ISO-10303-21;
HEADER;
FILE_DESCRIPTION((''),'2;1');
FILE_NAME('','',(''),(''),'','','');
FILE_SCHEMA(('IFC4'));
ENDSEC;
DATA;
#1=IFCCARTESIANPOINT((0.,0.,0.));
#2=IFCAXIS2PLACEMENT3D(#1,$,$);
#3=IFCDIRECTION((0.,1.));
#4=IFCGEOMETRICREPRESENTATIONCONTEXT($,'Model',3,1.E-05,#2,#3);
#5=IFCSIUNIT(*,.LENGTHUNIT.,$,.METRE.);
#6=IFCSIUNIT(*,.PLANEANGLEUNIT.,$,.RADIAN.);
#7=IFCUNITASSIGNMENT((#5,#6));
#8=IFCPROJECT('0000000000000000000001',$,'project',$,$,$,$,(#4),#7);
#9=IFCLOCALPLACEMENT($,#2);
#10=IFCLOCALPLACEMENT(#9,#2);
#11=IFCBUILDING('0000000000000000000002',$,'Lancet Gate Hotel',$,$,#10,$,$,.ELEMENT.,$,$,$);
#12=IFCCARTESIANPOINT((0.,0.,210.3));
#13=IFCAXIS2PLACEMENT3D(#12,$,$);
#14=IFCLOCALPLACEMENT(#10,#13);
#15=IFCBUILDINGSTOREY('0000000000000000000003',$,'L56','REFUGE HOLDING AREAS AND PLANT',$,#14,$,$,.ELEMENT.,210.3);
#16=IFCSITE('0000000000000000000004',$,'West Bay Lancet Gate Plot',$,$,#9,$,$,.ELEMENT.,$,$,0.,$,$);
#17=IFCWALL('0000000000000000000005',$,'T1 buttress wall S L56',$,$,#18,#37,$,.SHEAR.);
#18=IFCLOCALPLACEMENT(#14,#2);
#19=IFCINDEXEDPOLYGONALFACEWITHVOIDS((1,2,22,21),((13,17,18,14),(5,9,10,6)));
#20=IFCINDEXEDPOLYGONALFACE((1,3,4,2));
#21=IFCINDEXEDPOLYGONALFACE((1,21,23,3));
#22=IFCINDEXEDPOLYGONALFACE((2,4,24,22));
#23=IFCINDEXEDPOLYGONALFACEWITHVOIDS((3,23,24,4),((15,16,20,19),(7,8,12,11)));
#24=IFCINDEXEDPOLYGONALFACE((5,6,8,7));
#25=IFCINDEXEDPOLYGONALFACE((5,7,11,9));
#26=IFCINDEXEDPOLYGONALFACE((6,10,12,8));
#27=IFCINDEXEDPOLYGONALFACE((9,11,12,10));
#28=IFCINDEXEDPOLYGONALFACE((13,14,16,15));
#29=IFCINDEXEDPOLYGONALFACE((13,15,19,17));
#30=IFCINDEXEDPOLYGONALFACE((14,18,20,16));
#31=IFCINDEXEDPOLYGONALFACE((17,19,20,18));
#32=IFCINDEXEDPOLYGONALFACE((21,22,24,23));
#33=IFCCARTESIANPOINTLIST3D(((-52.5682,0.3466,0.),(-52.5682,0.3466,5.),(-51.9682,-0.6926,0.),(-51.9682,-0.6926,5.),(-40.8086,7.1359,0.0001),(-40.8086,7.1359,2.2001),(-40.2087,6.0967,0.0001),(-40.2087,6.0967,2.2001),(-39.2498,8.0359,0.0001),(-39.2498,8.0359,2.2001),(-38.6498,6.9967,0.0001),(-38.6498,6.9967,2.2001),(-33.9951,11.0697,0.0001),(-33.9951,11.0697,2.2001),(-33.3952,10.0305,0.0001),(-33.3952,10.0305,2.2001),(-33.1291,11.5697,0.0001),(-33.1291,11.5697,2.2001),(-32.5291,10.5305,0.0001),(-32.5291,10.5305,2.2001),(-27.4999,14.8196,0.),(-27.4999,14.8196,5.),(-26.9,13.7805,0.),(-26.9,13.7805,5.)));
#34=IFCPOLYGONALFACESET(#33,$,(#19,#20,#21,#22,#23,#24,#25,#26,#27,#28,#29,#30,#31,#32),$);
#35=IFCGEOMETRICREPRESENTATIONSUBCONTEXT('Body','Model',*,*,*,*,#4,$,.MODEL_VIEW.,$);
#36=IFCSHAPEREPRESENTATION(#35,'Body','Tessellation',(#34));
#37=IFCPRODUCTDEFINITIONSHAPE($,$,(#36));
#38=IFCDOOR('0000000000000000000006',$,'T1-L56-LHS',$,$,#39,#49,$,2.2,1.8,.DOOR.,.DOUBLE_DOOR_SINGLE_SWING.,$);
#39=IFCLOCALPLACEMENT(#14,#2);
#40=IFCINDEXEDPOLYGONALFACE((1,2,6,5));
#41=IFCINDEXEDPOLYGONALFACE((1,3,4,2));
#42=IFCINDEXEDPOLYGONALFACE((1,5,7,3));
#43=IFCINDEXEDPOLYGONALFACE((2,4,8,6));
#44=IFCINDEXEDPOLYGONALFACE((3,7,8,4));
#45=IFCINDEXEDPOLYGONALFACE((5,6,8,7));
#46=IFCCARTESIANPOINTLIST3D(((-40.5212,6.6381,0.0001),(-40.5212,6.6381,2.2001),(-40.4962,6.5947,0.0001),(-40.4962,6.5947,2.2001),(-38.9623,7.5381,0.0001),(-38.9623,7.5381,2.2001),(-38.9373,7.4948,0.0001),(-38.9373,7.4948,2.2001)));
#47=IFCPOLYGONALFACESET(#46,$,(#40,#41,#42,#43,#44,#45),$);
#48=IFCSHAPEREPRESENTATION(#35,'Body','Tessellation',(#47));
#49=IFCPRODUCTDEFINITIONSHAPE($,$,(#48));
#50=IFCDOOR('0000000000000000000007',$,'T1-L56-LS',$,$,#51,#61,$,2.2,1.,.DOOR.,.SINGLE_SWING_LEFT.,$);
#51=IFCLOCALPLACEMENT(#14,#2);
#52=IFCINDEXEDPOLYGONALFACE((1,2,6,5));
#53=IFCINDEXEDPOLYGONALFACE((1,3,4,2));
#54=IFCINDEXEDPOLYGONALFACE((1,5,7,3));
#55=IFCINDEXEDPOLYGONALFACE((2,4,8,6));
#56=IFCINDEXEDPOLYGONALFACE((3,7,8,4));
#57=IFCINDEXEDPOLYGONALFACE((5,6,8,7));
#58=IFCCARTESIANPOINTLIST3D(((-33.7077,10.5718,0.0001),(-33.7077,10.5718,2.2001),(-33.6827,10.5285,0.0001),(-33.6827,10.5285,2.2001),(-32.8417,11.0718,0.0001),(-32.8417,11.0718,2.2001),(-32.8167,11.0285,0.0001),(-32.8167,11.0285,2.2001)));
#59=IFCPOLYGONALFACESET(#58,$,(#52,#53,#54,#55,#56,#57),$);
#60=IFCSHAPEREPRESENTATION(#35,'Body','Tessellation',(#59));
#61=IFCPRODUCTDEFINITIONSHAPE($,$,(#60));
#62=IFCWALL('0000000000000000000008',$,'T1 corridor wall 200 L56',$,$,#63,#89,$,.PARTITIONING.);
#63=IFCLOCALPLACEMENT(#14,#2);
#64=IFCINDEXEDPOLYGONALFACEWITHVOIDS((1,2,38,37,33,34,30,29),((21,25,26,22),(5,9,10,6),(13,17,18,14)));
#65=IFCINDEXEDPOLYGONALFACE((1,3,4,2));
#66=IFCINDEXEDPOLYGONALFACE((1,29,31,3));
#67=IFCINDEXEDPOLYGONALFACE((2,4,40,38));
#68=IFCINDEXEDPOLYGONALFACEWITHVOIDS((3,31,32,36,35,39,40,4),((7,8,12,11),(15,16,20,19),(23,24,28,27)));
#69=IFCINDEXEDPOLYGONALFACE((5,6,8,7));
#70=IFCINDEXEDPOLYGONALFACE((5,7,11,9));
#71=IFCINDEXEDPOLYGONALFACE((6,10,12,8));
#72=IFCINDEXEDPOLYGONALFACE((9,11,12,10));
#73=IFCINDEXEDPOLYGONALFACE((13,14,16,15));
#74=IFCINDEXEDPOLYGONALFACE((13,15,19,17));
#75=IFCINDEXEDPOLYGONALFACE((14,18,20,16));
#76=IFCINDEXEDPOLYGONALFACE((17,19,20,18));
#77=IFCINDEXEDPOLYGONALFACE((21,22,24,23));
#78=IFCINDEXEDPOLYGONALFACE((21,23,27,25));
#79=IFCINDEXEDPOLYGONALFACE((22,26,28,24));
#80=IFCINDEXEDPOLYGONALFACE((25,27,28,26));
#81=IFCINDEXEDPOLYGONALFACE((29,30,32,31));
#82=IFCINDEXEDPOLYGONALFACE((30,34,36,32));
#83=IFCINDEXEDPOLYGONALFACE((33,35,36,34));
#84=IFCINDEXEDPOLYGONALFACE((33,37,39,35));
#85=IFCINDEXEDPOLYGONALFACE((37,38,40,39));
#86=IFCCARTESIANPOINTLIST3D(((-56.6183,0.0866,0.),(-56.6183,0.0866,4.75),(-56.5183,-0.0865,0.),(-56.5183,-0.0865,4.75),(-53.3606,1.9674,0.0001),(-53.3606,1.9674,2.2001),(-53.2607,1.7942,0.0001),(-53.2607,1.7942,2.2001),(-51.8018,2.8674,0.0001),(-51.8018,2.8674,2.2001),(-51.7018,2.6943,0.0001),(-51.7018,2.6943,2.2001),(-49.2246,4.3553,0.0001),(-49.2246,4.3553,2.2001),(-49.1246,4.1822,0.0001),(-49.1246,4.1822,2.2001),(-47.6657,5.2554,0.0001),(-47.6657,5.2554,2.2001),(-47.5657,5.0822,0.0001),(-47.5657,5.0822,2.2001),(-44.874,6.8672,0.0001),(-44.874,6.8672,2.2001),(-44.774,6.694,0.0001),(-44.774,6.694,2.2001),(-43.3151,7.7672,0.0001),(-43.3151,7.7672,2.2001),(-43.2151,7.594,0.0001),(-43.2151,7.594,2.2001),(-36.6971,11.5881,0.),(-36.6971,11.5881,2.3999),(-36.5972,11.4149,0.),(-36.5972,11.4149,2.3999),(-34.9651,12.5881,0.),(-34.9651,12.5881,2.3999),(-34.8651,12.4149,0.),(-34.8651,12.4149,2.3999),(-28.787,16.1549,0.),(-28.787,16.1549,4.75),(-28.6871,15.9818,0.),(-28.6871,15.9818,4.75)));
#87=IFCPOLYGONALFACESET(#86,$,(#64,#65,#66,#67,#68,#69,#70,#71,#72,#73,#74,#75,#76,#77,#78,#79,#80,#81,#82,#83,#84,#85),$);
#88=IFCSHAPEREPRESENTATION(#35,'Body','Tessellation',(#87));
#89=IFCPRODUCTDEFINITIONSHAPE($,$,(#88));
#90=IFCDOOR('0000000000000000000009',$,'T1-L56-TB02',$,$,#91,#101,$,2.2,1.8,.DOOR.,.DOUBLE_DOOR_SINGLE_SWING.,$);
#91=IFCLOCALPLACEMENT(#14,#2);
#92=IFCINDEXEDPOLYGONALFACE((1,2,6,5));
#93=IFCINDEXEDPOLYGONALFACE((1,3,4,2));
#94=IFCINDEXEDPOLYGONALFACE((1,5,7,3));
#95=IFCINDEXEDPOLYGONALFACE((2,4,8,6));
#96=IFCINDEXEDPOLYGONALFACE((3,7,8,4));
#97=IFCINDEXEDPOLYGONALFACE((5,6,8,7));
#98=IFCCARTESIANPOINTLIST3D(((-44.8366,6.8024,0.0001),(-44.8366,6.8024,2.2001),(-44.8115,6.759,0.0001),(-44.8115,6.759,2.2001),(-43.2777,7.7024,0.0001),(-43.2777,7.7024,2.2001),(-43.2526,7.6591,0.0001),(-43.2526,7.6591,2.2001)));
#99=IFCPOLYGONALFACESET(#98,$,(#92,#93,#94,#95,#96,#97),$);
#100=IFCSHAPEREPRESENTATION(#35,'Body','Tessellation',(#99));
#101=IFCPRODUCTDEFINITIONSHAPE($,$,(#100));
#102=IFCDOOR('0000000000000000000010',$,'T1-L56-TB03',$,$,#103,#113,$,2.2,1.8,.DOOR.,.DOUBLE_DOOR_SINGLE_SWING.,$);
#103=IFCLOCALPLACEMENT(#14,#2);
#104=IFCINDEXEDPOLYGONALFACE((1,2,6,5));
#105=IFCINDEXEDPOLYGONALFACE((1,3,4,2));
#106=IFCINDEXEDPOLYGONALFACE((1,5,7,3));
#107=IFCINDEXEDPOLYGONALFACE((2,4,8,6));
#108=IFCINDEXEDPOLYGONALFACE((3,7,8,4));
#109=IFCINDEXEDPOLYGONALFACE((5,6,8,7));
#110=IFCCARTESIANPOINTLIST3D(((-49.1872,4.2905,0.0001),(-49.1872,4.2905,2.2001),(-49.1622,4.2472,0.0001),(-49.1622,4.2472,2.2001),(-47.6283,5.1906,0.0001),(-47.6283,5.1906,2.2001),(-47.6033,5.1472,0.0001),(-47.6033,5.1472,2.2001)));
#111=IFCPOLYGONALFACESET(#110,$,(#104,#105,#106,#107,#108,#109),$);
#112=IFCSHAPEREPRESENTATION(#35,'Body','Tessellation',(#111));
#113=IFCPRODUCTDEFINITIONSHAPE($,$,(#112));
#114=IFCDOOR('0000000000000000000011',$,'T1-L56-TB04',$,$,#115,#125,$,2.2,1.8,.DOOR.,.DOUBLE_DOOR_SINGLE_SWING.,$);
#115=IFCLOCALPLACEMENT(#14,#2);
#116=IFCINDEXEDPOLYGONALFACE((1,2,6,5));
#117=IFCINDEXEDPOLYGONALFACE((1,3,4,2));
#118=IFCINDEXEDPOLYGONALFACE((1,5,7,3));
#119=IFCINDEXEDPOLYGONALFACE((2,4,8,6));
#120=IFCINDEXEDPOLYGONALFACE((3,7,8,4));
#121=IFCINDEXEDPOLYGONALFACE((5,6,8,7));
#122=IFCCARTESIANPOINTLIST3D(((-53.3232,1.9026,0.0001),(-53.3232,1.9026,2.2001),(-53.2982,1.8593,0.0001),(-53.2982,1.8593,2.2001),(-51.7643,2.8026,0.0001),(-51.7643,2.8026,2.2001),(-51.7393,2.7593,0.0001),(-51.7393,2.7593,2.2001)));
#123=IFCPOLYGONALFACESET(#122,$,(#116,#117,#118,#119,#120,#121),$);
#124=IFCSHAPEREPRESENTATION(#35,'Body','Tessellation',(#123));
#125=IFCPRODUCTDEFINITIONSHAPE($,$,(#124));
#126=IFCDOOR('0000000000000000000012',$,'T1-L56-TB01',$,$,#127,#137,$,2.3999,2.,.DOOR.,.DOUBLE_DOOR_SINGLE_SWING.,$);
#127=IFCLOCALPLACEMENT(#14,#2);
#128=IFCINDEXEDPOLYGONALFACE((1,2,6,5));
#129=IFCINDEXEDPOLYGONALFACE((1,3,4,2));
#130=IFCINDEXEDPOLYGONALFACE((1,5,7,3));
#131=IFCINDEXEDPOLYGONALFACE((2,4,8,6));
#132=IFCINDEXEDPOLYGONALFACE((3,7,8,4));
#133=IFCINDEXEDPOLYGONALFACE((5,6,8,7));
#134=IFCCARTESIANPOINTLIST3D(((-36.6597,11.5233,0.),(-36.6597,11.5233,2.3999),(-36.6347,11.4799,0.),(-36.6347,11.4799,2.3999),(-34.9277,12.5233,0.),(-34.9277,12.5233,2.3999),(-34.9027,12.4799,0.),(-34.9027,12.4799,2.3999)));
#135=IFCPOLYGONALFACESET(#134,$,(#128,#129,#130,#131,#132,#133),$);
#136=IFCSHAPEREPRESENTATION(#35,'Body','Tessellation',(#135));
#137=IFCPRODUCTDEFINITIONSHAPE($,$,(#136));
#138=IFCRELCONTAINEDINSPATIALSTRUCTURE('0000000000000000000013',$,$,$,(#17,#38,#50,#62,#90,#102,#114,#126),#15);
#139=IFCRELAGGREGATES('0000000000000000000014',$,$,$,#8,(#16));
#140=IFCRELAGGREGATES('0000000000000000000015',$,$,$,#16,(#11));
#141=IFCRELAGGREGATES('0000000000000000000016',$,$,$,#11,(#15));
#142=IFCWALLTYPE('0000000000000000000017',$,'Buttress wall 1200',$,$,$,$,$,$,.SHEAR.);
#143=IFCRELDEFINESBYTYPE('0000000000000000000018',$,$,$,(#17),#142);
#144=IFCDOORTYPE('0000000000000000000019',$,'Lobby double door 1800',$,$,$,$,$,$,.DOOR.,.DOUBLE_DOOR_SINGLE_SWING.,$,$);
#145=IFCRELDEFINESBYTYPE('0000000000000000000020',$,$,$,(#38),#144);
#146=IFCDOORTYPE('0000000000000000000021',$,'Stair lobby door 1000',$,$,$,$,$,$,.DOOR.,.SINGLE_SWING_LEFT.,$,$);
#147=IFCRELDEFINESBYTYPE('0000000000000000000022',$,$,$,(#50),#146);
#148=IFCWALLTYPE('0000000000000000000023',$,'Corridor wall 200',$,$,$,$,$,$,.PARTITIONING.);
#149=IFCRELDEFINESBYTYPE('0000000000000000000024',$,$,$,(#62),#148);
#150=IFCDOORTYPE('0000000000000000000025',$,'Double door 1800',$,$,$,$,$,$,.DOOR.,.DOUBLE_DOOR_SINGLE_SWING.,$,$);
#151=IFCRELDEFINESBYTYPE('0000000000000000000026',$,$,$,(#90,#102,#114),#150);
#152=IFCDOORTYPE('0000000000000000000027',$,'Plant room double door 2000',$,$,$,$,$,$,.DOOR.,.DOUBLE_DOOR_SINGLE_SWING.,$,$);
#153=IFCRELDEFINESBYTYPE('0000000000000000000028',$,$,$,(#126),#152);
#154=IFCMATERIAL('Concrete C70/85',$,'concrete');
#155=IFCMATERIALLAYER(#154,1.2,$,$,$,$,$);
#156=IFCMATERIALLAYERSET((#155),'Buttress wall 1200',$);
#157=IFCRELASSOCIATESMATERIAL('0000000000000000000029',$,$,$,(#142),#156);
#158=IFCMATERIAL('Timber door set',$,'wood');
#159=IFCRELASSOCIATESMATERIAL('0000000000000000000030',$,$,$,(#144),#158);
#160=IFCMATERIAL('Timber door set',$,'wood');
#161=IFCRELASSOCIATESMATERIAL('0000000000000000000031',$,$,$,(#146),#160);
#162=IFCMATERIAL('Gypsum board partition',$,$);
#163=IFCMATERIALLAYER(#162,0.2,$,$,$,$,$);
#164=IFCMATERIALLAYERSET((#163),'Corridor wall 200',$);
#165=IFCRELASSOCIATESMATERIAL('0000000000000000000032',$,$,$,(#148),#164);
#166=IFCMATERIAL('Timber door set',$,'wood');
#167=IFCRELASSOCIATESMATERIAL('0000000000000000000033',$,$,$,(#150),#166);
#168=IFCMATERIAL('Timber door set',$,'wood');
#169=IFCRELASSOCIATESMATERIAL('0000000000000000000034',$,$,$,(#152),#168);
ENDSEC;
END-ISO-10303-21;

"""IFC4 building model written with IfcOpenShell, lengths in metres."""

from ifc_helpers import new_model, si_unit, direction, frame, frame_2d, origin, place, context, subcontext, project, spatial, rectangle, extrude, material, layer, layer_set, type_object, element, fill, save


model = new_model("IFC4")

# Units and contexts
model_context = context("Model", 3, precision=1e-05, world=origin(), true_north=direction((0.0, 1.0)))
body_context = subcontext(model_context, "Body", "Model", "MODEL_VIEW")
ifc_project = project(units=[si_unit("LENGTHUNIT", "METRE"), si_unit("PLANEANGLEUNIT", "RADIAN")], contexts=[model_context])

# Site, building, storey
site_placement = place(None, origin())
site = spatial("IfcSite", under=ifc_project, at=site_placement, Name="West Bay Lancet Gate Plot", CompositionType="ELEMENT", RefElevation=0.0)
building_placement = place(site_placement, origin())
building = spatial("IfcBuilding", under=site, at=building_placement, Name="Lancet Gate Hotel", CompositionType="ELEMENT")
storey_placement = place(building_placement, frame((0.0, 0.0, 210.3)))
storey = spatial("IfcBuildingStorey", under=building, at=storey_placement, Name="L56", Description="REFUGE HOLDING AREAS AND PLANT", CompositionType="ELEMENT", Elevation=210.3)

# Walls, openings, doors
ifc_material_1 = material(Name="Concrete C70/85", Category="concrete")
ifc_layer_1 = layer(ifc_material_1, 1.2)
ifc_layer_set_1 = layer_set([ifc_layer_1], Name="Buttress wall 1200")
wall_type_1 = type_object("IfcWallType", Name="Buttress wall 1200", PredefinedType="SHEAR", material=ifc_layer_set_1)
wall_1_placement = place(storey_placement, frame((-27.2, 14.3, 0.0), z_axis=(0.0, 0.0, 1.0), x_axis=(-0.866027, -0.499998, 0.0)))
wall_1 = element("IfcWall", 1, at=wall_1_placement, inside=storey, type_object=wall_type_1, Name="T1 buttress wall S L56", PredefinedType="SHEAR", context=body_context, shape_type="SweptSolid", body=[
    extrude(rectangle(XDim=28.9463, YDim=1.2, at=frame_2d((14.4731, 0.0))), origin(), (0.0, 0.0, 1.0), 5.0),
])
opening_1_placement = place(wall_1_placement, frame((6.5, 0.0, 0.0)))
opening_1 = element("IfcOpeningElement", 2, at=opening_1_placement, cuts=wall_1, PredefinedType="OPENING", context=body_context, shape_type="SweptSolid", body=[
    extrude(rectangle(XDim=1.0, YDim=2.2, at=frame_2d((0.5, 1.1001))), frame((0.0, 0.6099, 0.0), z_axis=(0.0, -1.0, 0.0), x_axis=(1.0, 0.0, 0.0)), (0.0, 0.0, 1.0), 1.22),
])
opening_2_placement = place(wall_1_placement, frame((13.5676, 0.0, 0.0)))
opening_2 = element("IfcOpeningElement", 3, at=opening_2_placement, cuts=wall_1, PredefinedType="OPENING", context=body_context, shape_type="SweptSolid", body=[
    extrude(rectangle(XDim=1.8, YDim=2.2, at=frame_2d((0.8999, 1.1001))), frame((0.0, 0.6099, 0.0), z_axis=(0.0, -1.0, 0.0), x_axis=(1.0, 0.0, 0.0)), (0.0, 0.0, 1.0), 1.22),
])
ifc_material_2 = material(Name="Timber door set", Category="wood")
door_type_1 = type_object("IfcDoorType", Name="Lobby double door 1800", OperationType="DOUBLE_DOOR_SINGLE_SWING", PredefinedType="DOOR", material=ifc_material_2)
door_1_placement = place(opening_2_placement, origin())
door_1 = element("IfcDoor", 4, at=door_1_placement, inside=storey, type_object=door_type_1, Name="T1-L56-LHS", OperationType="DOUBLE_DOOR_SINGLE_SWING", OverallHeight=2.2, OverallWidth=1.8, PredefinedType="DOOR", context=body_context, shape_type="SweptSolid", body=[
    extrude(rectangle(XDim=1.8, YDim=2.2, at=frame_2d((0.8999, 1.1001))), frame((0.0, 0.0249, 0.0), z_axis=(0.0, -1.0, 0.0), x_axis=(1.0, 0.0, 0.0)), (0.0, 0.0, 1.0), 0.05),
])
fill(opening_2, door_1)
ifc_material_3 = material(Name="Timber door set", Category="wood")
door_type_2 = type_object("IfcDoorType", Name="Stair lobby door 1000", OperationType="SINGLE_SWING_LEFT", PredefinedType="DOOR", material=ifc_material_3)
door_2_placement = place(opening_1_placement, origin())
door_2 = element("IfcDoor", 5, at=door_2_placement, inside=storey, type_object=door_type_2, Name="T1-L56-LS", OperationType="SINGLE_SWING_LEFT", OverallHeight=2.2, OverallWidth=1.0, PredefinedType="DOOR", context=body_context, shape_type="SweptSolid", body=[
    extrude(rectangle(XDim=1.0, YDim=2.2, at=frame_2d((0.5, 1.1001))), frame((0.0, 0.0249, 0.0), z_axis=(0.0, -1.0, 0.0), x_axis=(1.0, 0.0, 0.0)), (0.0, 0.0, 1.0), 0.05),
])
fill(opening_1, door_2)
ifc_material_4 = material(Name="Gypsum board partition")
ifc_layer_2 = layer(ifc_material_4, 0.2)
ifc_layer_set_2 = layer_set([ifc_layer_2], Name="Corridor wall 200")
wall_type_2 = type_object("IfcWallType", Name="Corridor wall 200", PredefinedType="PARTITIONING", material=ifc_layer_set_2)
wall_2_placement = place(storey_placement, frame((-28.7371, 16.0684, 0.0), z_axis=(0.0, 0.0, 1.0), x_axis=(-0.866026, -0.499999, 0.0)))
wall_2 = element("IfcWall", 6, at=wall_2_placement, inside=storey, type_object=wall_type_2, Name="T1 corridor wall 200 L56", PredefinedType="PARTITIONING", context=body_context, shape_type="SweptSolid", body=[
    extrude(rectangle(XDim=32.1367, YDim=0.2, at=frame_2d((16.0684, 0.0))), origin(), (0.0, 0.0, 1.0), 4.75),
])
opening_3_placement = place(wall_2_placement, frame((7.1338, 0.0, 0.0)))
opening_3 = element("IfcOpeningElement", 7, at=opening_3_placement, cuts=wall_2, PredefinedType="OPENING", context=body_context, shape_type="SweptSolid", body=[
    extrude(rectangle(XDim=2.0, YDim=2.3999, at=frame_2d((1.0, 1.2))), frame((0.0, 0.1099, 0.0), z_axis=(0.0, -1.0, 0.0), x_axis=(1.0, 0.0, 0.0)), (0.0, 0.0, 1.0), 0.22),
])
opening_4_placement = place(wall_2_placement, frame((16.7756, 0.0, 0.0)))
opening_4 = element("IfcOpeningElement", 8, at=opening_4_placement, cuts=wall_2, PredefinedType="OPENING", context=body_context, shape_type="SweptSolid", body=[
    extrude(rectangle(XDim=1.8, YDim=2.2, at=frame_2d((0.8999, 1.1001))), frame((0.0, 0.1099, 0.0), z_axis=(0.0, -1.0, 0.0), x_axis=(1.0, 0.0, 0.0)), (0.0, 0.0, 1.0), 0.22),
])
opening_5_placement = place(wall_2_placement, frame((21.7993, 0.0, 0.0)))
opening_5 = element("IfcOpeningElement", 9, at=opening_5_placement, cuts=wall_2, PredefinedType="OPENING", context=body_context, shape_type="SweptSolid", body=[
    extrude(rectangle(XDim=1.8, YDim=2.2, at=frame_2d((0.8999, 1.1001))), frame((0.0, 0.1099, 0.0), z_axis=(0.0, -1.0, 0.0), x_axis=(1.0, 0.0, 0.0)), (0.0, 0.0, 1.0), 0.22),
])
opening_6_placement = place(wall_2_placement, frame((26.5752, 0.0, 0.0)))
opening_6 = element("IfcOpeningElement", 10, at=opening_6_placement, cuts=wall_2, PredefinedType="OPENING", context=body_context, shape_type="SweptSolid", body=[
    extrude(rectangle(XDim=1.8, YDim=2.2, at=frame_2d((0.8999, 1.1001))), frame((0.0, 0.1099, 0.0), z_axis=(0.0, -1.0, 0.0), x_axis=(1.0, 0.0, 0.0)), (0.0, 0.0, 1.0), 0.22),
])
ifc_material_5 = material(Name="Timber door set", Category="wood")
door_type_3 = type_object("IfcDoorType", Name="Double door 1800", OperationType="DOUBLE_DOOR_SINGLE_SWING", PredefinedType="DOOR", material=ifc_material_5)
door_3_placement = place(opening_4_placement, origin())
door_3 = element("IfcDoor", 11, at=door_3_placement, inside=storey, type_object=door_type_3, Name="T1-L56-TB02", OperationType="DOUBLE_DOOR_SINGLE_SWING", OverallHeight=2.2, OverallWidth=1.8, PredefinedType="DOOR", context=body_context, shape_type="SweptSolid", body=[
    extrude(rectangle(XDim=1.8, YDim=2.2, at=frame_2d((0.8999, 1.1001))), frame((0.0, 0.0249, 0.0), z_axis=(0.0, -1.0, 0.0), x_axis=(1.0, 0.0, 0.0)), (0.0, 0.0, 1.0), 0.05),
])
fill(opening_4, door_3)
door_4_placement = place(opening_5_placement, origin())
door_4 = element("IfcDoor", 12, at=door_4_placement, inside=storey, type_object=door_type_3, Name="T1-L56-TB03", OperationType="DOUBLE_DOOR_SINGLE_SWING", OverallHeight=2.2, OverallWidth=1.8, PredefinedType="DOOR", context=body_context, shape_type="SweptSolid", body=[
    extrude(rectangle(XDim=1.8, YDim=2.2, at=frame_2d((0.8999, 1.1001))), frame((0.0, 0.0249, 0.0), z_axis=(0.0, -1.0, 0.0), x_axis=(1.0, 0.0, 0.0)), (0.0, 0.0, 1.0), 0.05),
])
fill(opening_5, door_4)
door_5_placement = place(opening_6_placement, origin())
door_5 = element("IfcDoor", 13, at=door_5_placement, inside=storey, type_object=door_type_3, Name="T1-L56-TB04", OperationType="DOUBLE_DOOR_SINGLE_SWING", OverallHeight=2.2, OverallWidth=1.8, PredefinedType="DOOR", context=body_context, shape_type="SweptSolid", body=[
    extrude(rectangle(XDim=1.8, YDim=2.2, at=frame_2d((0.8999, 1.1001))), frame((0.0, 0.0249, 0.0), z_axis=(0.0, -1.0, 0.0), x_axis=(1.0, 0.0, 0.0)), (0.0, 0.0, 1.0), 0.05),
])
fill(opening_6, door_5)
ifc_material_6 = material(Name="Timber door set", Category="wood")
door_type_4 = type_object("IfcDoorType", Name="Plant room double door 2000", OperationType="DOUBLE_DOOR_SINGLE_SWING", PredefinedType="DOOR", material=ifc_material_6)
door_6_placement = place(opening_3_placement, origin())
door_6 = element("IfcDoor", 14, at=door_6_placement, inside=storey, type_object=door_type_4, Name="T1-L56-TB01", OperationType="DOUBLE_DOOR_SINGLE_SWING", OverallHeight=2.3999, OverallWidth=2.0, PredefinedType="DOOR", context=body_context, shape_type="SweptSolid", body=[
    extrude(rectangle(XDim=2.0, YDim=2.3999, at=frame_2d((1.0, 1.2))), frame((0.0, 0.0249, 0.0), z_axis=(0.0, -1.0, 0.0), x_axis=(1.0, 0.0, 0.0)), (0.0, 0.0, 1.0), 0.05),
])
fill(opening_3, door_6)

save(model, "model.ifc")
